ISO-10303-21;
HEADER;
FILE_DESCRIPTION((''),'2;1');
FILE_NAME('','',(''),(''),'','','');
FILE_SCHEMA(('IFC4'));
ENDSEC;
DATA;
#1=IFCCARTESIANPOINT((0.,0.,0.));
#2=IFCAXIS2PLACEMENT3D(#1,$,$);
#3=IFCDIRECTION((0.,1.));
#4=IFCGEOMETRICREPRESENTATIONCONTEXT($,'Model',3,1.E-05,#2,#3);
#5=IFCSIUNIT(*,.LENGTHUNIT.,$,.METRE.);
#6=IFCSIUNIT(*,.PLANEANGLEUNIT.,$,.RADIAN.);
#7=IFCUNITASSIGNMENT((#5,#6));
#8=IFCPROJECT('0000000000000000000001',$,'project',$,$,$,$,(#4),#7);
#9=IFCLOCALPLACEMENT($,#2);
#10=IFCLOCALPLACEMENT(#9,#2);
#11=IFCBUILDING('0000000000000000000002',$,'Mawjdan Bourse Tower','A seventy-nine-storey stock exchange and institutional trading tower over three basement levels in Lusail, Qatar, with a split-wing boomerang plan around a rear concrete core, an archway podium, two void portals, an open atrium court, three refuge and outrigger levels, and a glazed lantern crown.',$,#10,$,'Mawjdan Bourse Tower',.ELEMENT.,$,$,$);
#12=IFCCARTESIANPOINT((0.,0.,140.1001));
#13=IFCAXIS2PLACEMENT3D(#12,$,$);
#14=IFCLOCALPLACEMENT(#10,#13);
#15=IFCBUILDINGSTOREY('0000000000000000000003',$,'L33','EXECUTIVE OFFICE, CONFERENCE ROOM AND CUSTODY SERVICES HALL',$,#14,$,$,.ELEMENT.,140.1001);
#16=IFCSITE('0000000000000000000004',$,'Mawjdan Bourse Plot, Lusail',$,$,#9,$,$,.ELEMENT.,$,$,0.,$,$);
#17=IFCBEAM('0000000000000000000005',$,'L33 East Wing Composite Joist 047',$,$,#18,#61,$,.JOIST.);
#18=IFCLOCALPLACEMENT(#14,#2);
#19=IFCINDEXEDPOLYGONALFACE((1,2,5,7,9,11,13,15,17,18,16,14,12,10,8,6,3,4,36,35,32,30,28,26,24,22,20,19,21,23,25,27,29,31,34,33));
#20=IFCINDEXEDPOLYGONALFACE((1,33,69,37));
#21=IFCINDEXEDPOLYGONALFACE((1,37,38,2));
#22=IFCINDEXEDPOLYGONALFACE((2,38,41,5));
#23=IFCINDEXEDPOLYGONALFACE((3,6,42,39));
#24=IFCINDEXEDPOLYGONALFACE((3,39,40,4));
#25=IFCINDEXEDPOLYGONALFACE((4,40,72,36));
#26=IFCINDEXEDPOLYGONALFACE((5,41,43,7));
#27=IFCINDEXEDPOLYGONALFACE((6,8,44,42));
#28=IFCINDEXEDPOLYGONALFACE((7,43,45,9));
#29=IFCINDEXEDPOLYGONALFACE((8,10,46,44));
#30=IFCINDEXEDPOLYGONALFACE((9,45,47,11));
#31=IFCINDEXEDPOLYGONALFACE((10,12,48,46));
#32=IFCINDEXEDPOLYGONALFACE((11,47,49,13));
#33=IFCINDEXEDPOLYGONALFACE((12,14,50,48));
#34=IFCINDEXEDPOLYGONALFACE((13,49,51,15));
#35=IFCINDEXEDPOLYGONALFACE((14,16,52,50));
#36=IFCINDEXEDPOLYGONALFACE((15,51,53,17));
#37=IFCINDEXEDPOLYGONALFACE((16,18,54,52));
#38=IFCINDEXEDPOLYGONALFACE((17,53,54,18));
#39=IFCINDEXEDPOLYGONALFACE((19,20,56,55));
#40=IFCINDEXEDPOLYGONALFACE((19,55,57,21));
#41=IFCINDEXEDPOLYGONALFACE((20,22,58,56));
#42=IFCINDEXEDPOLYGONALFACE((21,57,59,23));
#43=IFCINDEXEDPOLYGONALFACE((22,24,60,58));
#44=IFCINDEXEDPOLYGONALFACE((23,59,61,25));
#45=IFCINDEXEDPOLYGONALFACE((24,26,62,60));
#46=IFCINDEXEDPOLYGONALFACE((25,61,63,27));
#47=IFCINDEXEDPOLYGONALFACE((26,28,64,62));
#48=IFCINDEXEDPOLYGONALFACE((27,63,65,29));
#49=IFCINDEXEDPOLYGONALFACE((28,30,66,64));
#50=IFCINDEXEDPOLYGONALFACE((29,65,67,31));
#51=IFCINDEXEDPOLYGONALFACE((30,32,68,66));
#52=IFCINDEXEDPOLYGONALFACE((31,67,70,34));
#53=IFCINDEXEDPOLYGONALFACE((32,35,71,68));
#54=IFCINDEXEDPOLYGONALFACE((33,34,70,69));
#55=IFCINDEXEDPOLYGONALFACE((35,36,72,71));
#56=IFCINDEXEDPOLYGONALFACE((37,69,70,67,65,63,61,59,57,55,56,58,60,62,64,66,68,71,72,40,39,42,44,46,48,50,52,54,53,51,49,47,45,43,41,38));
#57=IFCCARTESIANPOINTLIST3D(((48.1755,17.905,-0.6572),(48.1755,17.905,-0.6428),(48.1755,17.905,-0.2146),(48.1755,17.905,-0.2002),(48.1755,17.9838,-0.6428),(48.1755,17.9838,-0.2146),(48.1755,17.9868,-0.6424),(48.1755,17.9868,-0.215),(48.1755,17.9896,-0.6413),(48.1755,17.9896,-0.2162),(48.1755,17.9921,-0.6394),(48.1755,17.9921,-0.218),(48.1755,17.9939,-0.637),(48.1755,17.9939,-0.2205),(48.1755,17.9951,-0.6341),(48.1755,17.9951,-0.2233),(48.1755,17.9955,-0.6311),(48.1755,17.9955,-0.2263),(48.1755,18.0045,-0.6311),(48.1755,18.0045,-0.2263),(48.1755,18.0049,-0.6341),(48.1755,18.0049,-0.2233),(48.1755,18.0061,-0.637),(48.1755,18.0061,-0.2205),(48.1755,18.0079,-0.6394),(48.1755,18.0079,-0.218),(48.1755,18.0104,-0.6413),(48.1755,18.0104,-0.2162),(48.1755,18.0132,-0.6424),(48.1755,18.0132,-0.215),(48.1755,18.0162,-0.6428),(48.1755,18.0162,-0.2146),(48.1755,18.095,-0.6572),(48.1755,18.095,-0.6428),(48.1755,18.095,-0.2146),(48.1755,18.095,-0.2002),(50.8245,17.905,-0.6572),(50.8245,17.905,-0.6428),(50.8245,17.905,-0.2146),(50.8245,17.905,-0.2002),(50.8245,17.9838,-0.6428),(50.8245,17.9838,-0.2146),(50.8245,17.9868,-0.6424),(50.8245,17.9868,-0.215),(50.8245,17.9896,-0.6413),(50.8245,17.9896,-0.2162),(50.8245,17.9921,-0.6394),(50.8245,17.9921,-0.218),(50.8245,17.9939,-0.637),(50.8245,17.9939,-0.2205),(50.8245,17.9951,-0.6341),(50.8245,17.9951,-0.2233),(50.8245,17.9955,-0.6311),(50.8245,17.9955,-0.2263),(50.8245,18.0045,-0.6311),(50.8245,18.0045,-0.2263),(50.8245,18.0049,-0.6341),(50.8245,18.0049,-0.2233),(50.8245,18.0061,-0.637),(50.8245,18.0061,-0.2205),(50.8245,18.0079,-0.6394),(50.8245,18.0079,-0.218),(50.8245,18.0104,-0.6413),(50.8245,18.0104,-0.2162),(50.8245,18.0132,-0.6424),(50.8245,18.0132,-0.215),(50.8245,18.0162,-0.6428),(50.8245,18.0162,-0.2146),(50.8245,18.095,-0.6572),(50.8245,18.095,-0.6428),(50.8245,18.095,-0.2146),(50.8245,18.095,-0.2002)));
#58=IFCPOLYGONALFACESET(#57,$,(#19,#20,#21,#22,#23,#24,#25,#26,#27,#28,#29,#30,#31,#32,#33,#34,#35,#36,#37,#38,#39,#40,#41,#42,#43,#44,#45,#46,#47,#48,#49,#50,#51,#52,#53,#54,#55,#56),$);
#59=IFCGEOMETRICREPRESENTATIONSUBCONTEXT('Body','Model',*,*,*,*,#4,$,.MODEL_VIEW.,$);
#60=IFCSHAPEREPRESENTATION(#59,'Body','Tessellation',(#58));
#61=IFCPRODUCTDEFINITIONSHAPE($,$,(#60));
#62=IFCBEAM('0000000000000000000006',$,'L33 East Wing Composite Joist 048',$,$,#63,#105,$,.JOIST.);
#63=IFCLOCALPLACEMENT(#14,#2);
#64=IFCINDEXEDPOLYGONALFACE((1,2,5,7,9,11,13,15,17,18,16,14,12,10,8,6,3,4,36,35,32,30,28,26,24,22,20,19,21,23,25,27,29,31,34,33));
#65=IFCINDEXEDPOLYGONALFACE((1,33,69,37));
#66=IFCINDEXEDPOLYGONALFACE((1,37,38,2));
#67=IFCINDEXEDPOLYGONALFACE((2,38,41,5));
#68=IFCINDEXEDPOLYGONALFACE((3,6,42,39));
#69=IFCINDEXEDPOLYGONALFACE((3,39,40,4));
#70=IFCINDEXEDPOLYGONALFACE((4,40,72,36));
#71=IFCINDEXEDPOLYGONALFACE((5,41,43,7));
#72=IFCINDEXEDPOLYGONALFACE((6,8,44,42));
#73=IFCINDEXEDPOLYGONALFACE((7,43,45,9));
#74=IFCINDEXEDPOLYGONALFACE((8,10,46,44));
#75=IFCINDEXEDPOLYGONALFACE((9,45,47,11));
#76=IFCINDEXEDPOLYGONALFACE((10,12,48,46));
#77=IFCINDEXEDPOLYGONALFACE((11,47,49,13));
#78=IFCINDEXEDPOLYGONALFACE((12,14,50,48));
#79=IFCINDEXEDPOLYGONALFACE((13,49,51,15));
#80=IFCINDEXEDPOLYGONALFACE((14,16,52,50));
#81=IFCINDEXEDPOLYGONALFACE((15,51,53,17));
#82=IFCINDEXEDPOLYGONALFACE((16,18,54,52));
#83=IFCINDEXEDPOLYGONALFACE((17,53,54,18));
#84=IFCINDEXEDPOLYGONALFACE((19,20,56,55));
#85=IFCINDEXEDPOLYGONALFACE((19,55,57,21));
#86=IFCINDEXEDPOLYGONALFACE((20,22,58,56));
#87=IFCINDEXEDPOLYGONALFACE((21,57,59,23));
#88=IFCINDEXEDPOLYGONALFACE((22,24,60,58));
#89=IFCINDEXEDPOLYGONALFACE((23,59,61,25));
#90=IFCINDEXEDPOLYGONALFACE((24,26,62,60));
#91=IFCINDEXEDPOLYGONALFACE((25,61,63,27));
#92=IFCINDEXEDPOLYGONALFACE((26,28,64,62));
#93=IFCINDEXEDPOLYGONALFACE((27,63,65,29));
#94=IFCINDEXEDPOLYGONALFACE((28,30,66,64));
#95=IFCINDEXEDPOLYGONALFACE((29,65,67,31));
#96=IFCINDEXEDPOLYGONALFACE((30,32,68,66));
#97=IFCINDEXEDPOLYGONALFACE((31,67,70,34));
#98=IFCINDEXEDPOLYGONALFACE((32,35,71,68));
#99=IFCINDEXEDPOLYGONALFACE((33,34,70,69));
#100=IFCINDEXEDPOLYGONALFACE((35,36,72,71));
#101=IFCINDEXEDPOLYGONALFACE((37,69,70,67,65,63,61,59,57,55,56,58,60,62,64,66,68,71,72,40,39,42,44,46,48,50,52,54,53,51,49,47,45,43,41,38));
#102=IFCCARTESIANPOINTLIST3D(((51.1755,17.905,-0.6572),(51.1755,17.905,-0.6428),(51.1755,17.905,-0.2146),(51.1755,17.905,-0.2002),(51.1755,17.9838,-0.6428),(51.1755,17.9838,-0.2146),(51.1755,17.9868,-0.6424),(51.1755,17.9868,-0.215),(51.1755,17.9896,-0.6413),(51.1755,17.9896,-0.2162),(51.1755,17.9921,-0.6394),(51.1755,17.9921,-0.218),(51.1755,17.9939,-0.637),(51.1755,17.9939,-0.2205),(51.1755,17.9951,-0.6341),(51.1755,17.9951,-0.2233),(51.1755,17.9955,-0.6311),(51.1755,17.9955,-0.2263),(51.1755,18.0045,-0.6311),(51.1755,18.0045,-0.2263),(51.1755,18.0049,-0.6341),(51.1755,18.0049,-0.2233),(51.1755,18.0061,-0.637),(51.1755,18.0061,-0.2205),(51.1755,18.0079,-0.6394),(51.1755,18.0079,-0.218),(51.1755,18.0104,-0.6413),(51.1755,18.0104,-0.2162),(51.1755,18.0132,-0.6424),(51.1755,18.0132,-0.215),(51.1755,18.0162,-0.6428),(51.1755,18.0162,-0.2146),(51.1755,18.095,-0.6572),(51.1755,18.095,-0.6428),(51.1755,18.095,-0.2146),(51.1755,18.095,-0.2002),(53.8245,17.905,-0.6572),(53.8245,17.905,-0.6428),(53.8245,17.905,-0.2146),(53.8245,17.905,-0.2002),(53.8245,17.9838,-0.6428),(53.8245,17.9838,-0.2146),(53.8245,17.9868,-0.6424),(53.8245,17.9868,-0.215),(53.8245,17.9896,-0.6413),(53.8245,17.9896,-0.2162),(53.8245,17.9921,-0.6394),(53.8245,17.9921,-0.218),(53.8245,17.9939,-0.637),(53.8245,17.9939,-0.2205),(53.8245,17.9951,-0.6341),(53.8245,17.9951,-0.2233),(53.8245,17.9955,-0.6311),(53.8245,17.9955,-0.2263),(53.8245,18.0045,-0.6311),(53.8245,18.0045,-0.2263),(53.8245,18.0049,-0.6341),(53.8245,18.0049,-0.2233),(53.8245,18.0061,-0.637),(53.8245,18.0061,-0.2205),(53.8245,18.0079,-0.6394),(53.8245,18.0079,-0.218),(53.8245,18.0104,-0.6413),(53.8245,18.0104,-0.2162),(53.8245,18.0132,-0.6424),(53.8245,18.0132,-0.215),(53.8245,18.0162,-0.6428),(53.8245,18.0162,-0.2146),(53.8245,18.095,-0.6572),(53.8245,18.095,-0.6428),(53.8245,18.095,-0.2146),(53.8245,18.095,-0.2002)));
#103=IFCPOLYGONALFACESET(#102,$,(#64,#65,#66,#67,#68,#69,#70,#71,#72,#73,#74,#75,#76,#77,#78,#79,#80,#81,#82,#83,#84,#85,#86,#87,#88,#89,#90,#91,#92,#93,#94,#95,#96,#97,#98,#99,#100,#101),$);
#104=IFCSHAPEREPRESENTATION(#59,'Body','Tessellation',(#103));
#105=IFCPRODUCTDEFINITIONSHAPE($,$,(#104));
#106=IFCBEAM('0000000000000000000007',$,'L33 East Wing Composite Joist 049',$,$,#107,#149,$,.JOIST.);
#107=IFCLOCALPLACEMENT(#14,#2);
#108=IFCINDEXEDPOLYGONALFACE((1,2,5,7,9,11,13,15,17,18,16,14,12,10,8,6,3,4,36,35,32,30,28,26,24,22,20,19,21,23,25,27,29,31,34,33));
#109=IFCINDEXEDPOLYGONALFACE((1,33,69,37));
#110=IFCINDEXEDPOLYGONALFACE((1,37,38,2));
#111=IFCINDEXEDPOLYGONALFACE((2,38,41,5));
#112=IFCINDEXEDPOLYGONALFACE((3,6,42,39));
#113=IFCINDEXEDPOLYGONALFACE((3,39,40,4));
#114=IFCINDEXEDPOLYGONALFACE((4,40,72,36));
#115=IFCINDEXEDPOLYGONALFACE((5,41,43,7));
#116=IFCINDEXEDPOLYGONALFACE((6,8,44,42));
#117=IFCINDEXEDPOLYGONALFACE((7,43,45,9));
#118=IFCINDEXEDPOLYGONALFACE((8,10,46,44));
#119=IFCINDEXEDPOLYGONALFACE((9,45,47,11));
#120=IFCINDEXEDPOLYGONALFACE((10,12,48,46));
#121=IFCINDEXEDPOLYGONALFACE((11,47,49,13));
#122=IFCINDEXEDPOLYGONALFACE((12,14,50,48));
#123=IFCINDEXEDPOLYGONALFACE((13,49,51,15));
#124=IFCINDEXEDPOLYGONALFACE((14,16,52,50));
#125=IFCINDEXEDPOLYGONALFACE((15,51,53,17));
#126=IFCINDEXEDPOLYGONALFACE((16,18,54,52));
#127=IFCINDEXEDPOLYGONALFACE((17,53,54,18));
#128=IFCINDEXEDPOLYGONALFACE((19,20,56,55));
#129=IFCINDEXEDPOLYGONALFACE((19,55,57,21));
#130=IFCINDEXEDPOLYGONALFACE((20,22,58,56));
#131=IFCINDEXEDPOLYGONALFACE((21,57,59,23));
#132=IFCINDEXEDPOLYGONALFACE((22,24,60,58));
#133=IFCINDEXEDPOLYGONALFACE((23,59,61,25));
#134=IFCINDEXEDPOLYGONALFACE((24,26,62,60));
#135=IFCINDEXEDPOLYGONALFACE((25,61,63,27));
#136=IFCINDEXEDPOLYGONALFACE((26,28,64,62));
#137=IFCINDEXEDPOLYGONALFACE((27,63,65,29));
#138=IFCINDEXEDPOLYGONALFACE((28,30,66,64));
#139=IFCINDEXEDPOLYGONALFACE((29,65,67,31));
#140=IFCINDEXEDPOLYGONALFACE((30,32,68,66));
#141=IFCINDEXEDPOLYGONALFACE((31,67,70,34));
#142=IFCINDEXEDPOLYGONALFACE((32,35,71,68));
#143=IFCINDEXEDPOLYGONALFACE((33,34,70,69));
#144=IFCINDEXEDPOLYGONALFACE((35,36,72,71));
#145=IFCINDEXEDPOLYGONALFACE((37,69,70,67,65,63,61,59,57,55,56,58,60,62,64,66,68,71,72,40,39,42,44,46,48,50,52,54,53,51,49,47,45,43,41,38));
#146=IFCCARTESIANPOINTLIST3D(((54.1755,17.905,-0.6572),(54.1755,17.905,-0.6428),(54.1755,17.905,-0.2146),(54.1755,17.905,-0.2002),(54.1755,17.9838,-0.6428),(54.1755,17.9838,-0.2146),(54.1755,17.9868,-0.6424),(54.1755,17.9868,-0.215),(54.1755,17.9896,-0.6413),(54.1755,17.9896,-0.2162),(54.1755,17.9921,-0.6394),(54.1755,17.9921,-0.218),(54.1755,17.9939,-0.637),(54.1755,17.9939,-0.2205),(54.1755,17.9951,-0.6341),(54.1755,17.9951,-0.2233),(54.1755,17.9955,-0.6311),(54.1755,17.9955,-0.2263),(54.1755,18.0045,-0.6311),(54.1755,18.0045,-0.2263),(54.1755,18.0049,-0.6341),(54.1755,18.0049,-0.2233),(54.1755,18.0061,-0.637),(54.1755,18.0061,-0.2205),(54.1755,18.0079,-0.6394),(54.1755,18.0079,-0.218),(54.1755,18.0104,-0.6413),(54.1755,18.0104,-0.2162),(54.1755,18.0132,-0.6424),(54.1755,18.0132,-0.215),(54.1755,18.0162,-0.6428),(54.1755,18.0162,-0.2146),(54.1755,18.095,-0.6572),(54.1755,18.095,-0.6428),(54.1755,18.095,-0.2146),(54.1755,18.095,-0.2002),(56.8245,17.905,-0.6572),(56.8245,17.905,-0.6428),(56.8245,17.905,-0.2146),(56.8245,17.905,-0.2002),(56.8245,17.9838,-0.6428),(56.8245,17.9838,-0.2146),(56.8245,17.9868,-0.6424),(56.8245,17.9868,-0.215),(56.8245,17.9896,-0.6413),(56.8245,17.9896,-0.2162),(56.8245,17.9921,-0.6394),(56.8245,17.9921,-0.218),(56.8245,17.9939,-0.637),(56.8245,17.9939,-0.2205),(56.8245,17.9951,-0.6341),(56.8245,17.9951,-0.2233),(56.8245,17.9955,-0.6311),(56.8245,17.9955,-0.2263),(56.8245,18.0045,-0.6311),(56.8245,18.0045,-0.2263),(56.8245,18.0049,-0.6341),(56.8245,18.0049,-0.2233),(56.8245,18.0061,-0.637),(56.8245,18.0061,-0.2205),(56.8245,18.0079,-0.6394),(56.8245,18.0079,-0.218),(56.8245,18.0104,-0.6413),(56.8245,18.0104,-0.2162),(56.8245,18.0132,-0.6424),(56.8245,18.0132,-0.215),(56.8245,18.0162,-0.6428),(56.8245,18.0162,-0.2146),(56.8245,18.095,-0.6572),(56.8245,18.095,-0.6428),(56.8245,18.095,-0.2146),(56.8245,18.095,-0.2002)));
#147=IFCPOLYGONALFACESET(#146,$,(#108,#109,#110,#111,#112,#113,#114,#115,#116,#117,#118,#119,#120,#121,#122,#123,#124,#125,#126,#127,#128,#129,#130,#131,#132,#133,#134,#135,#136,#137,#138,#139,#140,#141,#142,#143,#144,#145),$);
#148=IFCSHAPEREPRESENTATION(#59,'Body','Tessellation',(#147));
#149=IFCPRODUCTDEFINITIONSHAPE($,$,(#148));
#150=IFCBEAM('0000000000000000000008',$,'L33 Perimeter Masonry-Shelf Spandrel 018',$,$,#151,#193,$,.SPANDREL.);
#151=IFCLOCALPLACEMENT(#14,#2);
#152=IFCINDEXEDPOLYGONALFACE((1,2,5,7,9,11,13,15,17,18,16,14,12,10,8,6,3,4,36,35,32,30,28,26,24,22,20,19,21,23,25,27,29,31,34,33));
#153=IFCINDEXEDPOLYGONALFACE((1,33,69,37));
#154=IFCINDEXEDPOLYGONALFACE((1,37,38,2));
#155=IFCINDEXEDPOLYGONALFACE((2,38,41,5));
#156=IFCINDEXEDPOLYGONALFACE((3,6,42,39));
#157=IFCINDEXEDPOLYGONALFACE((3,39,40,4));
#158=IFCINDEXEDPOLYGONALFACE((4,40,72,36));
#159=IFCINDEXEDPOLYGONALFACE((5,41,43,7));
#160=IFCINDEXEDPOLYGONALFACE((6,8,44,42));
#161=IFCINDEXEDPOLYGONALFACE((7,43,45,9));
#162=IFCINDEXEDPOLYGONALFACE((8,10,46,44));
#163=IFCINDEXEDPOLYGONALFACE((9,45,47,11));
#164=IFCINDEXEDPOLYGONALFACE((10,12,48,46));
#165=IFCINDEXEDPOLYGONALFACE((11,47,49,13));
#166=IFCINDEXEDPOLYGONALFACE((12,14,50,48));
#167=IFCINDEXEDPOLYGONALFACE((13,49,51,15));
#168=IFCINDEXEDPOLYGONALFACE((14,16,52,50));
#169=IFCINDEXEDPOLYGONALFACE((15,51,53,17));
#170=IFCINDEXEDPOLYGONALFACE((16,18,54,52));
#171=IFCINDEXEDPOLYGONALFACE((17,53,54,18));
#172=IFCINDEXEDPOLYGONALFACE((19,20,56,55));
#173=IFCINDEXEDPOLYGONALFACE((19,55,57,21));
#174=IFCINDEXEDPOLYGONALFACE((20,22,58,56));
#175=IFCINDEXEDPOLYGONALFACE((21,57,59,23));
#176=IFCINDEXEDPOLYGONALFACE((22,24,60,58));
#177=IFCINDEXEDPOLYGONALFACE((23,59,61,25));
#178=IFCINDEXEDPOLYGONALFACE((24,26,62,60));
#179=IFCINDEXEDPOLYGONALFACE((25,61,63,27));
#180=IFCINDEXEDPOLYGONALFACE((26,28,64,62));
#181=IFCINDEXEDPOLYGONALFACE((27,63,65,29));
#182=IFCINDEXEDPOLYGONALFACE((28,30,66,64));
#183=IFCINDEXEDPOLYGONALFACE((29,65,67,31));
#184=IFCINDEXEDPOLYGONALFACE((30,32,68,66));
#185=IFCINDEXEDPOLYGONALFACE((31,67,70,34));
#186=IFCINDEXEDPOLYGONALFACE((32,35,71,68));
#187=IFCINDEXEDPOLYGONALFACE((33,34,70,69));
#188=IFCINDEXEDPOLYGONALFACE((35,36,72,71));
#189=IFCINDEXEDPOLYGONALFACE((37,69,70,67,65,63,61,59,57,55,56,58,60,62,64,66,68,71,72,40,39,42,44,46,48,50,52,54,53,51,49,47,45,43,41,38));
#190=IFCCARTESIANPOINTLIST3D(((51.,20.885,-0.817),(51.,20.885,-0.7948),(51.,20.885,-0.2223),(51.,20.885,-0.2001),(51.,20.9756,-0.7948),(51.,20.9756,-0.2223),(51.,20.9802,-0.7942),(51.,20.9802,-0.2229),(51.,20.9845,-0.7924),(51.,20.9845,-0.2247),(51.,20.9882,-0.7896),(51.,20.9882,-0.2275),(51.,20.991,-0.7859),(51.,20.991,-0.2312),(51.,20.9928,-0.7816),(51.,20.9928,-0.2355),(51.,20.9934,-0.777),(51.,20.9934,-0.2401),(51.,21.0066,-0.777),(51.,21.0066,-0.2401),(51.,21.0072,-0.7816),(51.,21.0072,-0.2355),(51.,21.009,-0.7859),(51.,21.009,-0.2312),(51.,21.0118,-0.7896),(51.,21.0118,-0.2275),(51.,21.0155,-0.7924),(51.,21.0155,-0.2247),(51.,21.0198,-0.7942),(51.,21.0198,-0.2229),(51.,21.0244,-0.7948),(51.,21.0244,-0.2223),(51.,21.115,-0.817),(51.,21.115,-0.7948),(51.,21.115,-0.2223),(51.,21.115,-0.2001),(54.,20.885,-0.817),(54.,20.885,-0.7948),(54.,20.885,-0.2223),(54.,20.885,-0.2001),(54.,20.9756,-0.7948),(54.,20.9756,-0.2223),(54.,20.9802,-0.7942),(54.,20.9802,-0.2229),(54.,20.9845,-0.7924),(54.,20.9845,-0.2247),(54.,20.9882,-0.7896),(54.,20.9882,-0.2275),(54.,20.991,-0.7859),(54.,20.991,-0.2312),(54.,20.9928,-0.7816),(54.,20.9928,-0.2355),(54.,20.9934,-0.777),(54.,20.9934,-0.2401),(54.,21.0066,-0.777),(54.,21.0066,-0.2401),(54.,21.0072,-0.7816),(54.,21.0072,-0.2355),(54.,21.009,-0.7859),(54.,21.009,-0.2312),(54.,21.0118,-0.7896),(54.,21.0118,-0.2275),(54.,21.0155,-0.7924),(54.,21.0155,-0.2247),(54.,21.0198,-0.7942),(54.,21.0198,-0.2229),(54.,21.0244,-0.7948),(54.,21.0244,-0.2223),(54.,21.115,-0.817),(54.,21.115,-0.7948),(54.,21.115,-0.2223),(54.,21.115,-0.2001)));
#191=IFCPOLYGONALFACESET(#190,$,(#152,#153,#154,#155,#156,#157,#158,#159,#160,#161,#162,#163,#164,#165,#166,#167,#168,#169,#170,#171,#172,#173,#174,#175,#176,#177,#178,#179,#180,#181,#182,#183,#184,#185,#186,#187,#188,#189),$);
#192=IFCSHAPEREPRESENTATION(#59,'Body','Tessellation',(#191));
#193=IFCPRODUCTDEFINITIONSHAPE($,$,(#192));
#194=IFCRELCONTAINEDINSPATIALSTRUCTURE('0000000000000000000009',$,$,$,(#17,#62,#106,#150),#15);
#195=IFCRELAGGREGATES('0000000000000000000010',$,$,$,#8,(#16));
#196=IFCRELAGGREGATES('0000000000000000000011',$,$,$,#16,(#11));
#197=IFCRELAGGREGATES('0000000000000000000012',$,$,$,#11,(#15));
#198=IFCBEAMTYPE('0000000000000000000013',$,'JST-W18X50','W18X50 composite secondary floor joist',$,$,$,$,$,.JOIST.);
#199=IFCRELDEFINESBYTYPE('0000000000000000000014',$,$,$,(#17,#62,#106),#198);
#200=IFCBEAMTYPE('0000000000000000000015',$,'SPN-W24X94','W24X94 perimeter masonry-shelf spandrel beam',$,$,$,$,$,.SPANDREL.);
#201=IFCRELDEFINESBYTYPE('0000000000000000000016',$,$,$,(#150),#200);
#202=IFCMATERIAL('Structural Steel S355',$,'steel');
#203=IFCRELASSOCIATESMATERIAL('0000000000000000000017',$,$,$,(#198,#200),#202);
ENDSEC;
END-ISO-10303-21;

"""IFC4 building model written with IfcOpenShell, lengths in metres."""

from ifc_helpers import new_model, si_unit, direction, frame, origin, origin_2d, place, context, subcontext, project, spatial, i_section, extrude, material, material_profile, profile_set, type_object, element, save


model = new_model("IFC4")

# Units and contexts
model_context = context("Model", 3, precision=1e-05, world=origin(), true_north=direction((0.0, 1.0)))
body_context = subcontext(model_context, "Body", "Model", "MODEL_VIEW")
ifc_project = project(units=[si_unit("LENGTHUNIT", "METRE"), si_unit("PLANEANGLEUNIT", "RADIAN")], contexts=[model_context])

# Site, building, storey
site_placement = place(None, origin())
site = spatial("IfcSite", under=ifc_project, at=site_placement, Name="Mawjdan Bourse Plot, Lusail", CompositionType="ELEMENT", RefElevation=0.0)
building_placement = place(site_placement, origin())
building = spatial("IfcBuilding", under=site, at=building_placement, Name="Mawjdan Bourse Tower", Description="A seventy-nine-storey stock exchange and institutional trading tower over three basement levels in Lusail, Qatar, with a split-wing boomerang plan around a rear concrete core, an archway podium, two void portals, an open atrium court, three refuge and outrigger levels, and a glazed lantern crown.", LongName="Mawjdan Bourse Tower", CompositionType="ELEMENT")
storey_placement = place(building_placement, frame((0.0, 0.0, 140.1001)))
storey = spatial("IfcBuildingStorey", under=building, at=storey_placement, Name="L33", Description="EXECUTIVE OFFICE, CONFERENCE ROOM AND CUSTODY SERVICES HALL", CompositionType="ELEMENT", Elevation=140.1001)

# Beams
ifc_material_1 = material(Name="Structural Steel S355", Category="steel")
ifc_material_profile_1 = material_profile(ifc_material_1, i_section(OverallWidth=0.1899, OverallDepth=0.457, WebThickness=0.009, FlangeThickness=0.0144, FilletRadius=0.0117, at=origin_2d()), Name="W18X50")
ifc_profile_set_1 = profile_set([ifc_material_profile_1], Name="Structural Steel S355")
beam_type_1 = type_object("IfcBeamType", Name="JST-W18X50", Description="W18X50 composite secondary floor joist", PredefinedType="JOIST", material=ifc_profile_set_1)
for number, where, z_axis, x_axis, name in (
    (1, (48.1755, 18.0, -0.4287), (1.0, 0.0, 0.0), (0.0, 1.0, 0.0), "L33 East Wing Composite Joist 047"),
    (2, (51.1755, 18.0, -0.4287), (1.0, 0.0, 0.0), (0.0, 1.0, 0.0), "L33 East Wing Composite Joist 048"),
    (3, (54.1755, 18.0, -0.4287), (1.0, 0.0, 0.0), (0.0, 1.0, 0.0), "L33 East Wing Composite Joist 049"),
):
    element("IfcBeam", number, at=place(storey_placement, frame(where, z_axis=z_axis, x_axis=x_axis)), inside=storey, type_object=beam_type_1, Name=name, PredefinedType="JOIST", context=body_context, shape_type="SweptSolid", body=[
        extrude(i_section(OverallWidth=0.1899, OverallDepth=0.457, WebThickness=0.009, FlangeThickness=0.0144, FilletRadius=0.0117, at=origin_2d()), origin(), (0.0, 0.0, 1.0), 2.6489),
    ])
ifc_material_profile_2 = material_profile(ifc_material_1, i_section(OverallWidth=0.23, OverallDepth=0.6169, WebThickness=0.0132, FlangeThickness=0.0222, FilletRadius=0.0178, at=origin_2d()), Name="W24X94")
ifc_profile_set_2 = profile_set([ifc_material_profile_2], Name="Structural Steel S355")
beam_type_2 = type_object("IfcBeamType", Name="SPN-W24X94", Description="W24X94 perimeter masonry-shelf spandrel beam", PredefinedType="SPANDREL", material=ifc_profile_set_2)
for number, where, z_axis, x_axis, name in (
    (4, (51.0, 21.0, -0.5085), (1.0, 0.0, 0.0), (0.0, 1.0, 0.0), "L33 Perimeter Masonry-Shelf Spandrel 018"),
):
    element("IfcBeam", number, at=place(storey_placement, frame(where, z_axis=z_axis, x_axis=x_axis)), inside=storey, type_object=beam_type_2, Name=name, PredefinedType="SPANDREL", context=body_context, shape_type="SweptSolid", body=[
        extrude(i_section(OverallWidth=0.23, OverallDepth=0.6169, WebThickness=0.0132, FlangeThickness=0.0222, FilletRadius=0.0178, at=origin_2d()), origin(), (0.0, 0.0, 1.0), 3.0),
    ])

save(model, "model.ifc")
